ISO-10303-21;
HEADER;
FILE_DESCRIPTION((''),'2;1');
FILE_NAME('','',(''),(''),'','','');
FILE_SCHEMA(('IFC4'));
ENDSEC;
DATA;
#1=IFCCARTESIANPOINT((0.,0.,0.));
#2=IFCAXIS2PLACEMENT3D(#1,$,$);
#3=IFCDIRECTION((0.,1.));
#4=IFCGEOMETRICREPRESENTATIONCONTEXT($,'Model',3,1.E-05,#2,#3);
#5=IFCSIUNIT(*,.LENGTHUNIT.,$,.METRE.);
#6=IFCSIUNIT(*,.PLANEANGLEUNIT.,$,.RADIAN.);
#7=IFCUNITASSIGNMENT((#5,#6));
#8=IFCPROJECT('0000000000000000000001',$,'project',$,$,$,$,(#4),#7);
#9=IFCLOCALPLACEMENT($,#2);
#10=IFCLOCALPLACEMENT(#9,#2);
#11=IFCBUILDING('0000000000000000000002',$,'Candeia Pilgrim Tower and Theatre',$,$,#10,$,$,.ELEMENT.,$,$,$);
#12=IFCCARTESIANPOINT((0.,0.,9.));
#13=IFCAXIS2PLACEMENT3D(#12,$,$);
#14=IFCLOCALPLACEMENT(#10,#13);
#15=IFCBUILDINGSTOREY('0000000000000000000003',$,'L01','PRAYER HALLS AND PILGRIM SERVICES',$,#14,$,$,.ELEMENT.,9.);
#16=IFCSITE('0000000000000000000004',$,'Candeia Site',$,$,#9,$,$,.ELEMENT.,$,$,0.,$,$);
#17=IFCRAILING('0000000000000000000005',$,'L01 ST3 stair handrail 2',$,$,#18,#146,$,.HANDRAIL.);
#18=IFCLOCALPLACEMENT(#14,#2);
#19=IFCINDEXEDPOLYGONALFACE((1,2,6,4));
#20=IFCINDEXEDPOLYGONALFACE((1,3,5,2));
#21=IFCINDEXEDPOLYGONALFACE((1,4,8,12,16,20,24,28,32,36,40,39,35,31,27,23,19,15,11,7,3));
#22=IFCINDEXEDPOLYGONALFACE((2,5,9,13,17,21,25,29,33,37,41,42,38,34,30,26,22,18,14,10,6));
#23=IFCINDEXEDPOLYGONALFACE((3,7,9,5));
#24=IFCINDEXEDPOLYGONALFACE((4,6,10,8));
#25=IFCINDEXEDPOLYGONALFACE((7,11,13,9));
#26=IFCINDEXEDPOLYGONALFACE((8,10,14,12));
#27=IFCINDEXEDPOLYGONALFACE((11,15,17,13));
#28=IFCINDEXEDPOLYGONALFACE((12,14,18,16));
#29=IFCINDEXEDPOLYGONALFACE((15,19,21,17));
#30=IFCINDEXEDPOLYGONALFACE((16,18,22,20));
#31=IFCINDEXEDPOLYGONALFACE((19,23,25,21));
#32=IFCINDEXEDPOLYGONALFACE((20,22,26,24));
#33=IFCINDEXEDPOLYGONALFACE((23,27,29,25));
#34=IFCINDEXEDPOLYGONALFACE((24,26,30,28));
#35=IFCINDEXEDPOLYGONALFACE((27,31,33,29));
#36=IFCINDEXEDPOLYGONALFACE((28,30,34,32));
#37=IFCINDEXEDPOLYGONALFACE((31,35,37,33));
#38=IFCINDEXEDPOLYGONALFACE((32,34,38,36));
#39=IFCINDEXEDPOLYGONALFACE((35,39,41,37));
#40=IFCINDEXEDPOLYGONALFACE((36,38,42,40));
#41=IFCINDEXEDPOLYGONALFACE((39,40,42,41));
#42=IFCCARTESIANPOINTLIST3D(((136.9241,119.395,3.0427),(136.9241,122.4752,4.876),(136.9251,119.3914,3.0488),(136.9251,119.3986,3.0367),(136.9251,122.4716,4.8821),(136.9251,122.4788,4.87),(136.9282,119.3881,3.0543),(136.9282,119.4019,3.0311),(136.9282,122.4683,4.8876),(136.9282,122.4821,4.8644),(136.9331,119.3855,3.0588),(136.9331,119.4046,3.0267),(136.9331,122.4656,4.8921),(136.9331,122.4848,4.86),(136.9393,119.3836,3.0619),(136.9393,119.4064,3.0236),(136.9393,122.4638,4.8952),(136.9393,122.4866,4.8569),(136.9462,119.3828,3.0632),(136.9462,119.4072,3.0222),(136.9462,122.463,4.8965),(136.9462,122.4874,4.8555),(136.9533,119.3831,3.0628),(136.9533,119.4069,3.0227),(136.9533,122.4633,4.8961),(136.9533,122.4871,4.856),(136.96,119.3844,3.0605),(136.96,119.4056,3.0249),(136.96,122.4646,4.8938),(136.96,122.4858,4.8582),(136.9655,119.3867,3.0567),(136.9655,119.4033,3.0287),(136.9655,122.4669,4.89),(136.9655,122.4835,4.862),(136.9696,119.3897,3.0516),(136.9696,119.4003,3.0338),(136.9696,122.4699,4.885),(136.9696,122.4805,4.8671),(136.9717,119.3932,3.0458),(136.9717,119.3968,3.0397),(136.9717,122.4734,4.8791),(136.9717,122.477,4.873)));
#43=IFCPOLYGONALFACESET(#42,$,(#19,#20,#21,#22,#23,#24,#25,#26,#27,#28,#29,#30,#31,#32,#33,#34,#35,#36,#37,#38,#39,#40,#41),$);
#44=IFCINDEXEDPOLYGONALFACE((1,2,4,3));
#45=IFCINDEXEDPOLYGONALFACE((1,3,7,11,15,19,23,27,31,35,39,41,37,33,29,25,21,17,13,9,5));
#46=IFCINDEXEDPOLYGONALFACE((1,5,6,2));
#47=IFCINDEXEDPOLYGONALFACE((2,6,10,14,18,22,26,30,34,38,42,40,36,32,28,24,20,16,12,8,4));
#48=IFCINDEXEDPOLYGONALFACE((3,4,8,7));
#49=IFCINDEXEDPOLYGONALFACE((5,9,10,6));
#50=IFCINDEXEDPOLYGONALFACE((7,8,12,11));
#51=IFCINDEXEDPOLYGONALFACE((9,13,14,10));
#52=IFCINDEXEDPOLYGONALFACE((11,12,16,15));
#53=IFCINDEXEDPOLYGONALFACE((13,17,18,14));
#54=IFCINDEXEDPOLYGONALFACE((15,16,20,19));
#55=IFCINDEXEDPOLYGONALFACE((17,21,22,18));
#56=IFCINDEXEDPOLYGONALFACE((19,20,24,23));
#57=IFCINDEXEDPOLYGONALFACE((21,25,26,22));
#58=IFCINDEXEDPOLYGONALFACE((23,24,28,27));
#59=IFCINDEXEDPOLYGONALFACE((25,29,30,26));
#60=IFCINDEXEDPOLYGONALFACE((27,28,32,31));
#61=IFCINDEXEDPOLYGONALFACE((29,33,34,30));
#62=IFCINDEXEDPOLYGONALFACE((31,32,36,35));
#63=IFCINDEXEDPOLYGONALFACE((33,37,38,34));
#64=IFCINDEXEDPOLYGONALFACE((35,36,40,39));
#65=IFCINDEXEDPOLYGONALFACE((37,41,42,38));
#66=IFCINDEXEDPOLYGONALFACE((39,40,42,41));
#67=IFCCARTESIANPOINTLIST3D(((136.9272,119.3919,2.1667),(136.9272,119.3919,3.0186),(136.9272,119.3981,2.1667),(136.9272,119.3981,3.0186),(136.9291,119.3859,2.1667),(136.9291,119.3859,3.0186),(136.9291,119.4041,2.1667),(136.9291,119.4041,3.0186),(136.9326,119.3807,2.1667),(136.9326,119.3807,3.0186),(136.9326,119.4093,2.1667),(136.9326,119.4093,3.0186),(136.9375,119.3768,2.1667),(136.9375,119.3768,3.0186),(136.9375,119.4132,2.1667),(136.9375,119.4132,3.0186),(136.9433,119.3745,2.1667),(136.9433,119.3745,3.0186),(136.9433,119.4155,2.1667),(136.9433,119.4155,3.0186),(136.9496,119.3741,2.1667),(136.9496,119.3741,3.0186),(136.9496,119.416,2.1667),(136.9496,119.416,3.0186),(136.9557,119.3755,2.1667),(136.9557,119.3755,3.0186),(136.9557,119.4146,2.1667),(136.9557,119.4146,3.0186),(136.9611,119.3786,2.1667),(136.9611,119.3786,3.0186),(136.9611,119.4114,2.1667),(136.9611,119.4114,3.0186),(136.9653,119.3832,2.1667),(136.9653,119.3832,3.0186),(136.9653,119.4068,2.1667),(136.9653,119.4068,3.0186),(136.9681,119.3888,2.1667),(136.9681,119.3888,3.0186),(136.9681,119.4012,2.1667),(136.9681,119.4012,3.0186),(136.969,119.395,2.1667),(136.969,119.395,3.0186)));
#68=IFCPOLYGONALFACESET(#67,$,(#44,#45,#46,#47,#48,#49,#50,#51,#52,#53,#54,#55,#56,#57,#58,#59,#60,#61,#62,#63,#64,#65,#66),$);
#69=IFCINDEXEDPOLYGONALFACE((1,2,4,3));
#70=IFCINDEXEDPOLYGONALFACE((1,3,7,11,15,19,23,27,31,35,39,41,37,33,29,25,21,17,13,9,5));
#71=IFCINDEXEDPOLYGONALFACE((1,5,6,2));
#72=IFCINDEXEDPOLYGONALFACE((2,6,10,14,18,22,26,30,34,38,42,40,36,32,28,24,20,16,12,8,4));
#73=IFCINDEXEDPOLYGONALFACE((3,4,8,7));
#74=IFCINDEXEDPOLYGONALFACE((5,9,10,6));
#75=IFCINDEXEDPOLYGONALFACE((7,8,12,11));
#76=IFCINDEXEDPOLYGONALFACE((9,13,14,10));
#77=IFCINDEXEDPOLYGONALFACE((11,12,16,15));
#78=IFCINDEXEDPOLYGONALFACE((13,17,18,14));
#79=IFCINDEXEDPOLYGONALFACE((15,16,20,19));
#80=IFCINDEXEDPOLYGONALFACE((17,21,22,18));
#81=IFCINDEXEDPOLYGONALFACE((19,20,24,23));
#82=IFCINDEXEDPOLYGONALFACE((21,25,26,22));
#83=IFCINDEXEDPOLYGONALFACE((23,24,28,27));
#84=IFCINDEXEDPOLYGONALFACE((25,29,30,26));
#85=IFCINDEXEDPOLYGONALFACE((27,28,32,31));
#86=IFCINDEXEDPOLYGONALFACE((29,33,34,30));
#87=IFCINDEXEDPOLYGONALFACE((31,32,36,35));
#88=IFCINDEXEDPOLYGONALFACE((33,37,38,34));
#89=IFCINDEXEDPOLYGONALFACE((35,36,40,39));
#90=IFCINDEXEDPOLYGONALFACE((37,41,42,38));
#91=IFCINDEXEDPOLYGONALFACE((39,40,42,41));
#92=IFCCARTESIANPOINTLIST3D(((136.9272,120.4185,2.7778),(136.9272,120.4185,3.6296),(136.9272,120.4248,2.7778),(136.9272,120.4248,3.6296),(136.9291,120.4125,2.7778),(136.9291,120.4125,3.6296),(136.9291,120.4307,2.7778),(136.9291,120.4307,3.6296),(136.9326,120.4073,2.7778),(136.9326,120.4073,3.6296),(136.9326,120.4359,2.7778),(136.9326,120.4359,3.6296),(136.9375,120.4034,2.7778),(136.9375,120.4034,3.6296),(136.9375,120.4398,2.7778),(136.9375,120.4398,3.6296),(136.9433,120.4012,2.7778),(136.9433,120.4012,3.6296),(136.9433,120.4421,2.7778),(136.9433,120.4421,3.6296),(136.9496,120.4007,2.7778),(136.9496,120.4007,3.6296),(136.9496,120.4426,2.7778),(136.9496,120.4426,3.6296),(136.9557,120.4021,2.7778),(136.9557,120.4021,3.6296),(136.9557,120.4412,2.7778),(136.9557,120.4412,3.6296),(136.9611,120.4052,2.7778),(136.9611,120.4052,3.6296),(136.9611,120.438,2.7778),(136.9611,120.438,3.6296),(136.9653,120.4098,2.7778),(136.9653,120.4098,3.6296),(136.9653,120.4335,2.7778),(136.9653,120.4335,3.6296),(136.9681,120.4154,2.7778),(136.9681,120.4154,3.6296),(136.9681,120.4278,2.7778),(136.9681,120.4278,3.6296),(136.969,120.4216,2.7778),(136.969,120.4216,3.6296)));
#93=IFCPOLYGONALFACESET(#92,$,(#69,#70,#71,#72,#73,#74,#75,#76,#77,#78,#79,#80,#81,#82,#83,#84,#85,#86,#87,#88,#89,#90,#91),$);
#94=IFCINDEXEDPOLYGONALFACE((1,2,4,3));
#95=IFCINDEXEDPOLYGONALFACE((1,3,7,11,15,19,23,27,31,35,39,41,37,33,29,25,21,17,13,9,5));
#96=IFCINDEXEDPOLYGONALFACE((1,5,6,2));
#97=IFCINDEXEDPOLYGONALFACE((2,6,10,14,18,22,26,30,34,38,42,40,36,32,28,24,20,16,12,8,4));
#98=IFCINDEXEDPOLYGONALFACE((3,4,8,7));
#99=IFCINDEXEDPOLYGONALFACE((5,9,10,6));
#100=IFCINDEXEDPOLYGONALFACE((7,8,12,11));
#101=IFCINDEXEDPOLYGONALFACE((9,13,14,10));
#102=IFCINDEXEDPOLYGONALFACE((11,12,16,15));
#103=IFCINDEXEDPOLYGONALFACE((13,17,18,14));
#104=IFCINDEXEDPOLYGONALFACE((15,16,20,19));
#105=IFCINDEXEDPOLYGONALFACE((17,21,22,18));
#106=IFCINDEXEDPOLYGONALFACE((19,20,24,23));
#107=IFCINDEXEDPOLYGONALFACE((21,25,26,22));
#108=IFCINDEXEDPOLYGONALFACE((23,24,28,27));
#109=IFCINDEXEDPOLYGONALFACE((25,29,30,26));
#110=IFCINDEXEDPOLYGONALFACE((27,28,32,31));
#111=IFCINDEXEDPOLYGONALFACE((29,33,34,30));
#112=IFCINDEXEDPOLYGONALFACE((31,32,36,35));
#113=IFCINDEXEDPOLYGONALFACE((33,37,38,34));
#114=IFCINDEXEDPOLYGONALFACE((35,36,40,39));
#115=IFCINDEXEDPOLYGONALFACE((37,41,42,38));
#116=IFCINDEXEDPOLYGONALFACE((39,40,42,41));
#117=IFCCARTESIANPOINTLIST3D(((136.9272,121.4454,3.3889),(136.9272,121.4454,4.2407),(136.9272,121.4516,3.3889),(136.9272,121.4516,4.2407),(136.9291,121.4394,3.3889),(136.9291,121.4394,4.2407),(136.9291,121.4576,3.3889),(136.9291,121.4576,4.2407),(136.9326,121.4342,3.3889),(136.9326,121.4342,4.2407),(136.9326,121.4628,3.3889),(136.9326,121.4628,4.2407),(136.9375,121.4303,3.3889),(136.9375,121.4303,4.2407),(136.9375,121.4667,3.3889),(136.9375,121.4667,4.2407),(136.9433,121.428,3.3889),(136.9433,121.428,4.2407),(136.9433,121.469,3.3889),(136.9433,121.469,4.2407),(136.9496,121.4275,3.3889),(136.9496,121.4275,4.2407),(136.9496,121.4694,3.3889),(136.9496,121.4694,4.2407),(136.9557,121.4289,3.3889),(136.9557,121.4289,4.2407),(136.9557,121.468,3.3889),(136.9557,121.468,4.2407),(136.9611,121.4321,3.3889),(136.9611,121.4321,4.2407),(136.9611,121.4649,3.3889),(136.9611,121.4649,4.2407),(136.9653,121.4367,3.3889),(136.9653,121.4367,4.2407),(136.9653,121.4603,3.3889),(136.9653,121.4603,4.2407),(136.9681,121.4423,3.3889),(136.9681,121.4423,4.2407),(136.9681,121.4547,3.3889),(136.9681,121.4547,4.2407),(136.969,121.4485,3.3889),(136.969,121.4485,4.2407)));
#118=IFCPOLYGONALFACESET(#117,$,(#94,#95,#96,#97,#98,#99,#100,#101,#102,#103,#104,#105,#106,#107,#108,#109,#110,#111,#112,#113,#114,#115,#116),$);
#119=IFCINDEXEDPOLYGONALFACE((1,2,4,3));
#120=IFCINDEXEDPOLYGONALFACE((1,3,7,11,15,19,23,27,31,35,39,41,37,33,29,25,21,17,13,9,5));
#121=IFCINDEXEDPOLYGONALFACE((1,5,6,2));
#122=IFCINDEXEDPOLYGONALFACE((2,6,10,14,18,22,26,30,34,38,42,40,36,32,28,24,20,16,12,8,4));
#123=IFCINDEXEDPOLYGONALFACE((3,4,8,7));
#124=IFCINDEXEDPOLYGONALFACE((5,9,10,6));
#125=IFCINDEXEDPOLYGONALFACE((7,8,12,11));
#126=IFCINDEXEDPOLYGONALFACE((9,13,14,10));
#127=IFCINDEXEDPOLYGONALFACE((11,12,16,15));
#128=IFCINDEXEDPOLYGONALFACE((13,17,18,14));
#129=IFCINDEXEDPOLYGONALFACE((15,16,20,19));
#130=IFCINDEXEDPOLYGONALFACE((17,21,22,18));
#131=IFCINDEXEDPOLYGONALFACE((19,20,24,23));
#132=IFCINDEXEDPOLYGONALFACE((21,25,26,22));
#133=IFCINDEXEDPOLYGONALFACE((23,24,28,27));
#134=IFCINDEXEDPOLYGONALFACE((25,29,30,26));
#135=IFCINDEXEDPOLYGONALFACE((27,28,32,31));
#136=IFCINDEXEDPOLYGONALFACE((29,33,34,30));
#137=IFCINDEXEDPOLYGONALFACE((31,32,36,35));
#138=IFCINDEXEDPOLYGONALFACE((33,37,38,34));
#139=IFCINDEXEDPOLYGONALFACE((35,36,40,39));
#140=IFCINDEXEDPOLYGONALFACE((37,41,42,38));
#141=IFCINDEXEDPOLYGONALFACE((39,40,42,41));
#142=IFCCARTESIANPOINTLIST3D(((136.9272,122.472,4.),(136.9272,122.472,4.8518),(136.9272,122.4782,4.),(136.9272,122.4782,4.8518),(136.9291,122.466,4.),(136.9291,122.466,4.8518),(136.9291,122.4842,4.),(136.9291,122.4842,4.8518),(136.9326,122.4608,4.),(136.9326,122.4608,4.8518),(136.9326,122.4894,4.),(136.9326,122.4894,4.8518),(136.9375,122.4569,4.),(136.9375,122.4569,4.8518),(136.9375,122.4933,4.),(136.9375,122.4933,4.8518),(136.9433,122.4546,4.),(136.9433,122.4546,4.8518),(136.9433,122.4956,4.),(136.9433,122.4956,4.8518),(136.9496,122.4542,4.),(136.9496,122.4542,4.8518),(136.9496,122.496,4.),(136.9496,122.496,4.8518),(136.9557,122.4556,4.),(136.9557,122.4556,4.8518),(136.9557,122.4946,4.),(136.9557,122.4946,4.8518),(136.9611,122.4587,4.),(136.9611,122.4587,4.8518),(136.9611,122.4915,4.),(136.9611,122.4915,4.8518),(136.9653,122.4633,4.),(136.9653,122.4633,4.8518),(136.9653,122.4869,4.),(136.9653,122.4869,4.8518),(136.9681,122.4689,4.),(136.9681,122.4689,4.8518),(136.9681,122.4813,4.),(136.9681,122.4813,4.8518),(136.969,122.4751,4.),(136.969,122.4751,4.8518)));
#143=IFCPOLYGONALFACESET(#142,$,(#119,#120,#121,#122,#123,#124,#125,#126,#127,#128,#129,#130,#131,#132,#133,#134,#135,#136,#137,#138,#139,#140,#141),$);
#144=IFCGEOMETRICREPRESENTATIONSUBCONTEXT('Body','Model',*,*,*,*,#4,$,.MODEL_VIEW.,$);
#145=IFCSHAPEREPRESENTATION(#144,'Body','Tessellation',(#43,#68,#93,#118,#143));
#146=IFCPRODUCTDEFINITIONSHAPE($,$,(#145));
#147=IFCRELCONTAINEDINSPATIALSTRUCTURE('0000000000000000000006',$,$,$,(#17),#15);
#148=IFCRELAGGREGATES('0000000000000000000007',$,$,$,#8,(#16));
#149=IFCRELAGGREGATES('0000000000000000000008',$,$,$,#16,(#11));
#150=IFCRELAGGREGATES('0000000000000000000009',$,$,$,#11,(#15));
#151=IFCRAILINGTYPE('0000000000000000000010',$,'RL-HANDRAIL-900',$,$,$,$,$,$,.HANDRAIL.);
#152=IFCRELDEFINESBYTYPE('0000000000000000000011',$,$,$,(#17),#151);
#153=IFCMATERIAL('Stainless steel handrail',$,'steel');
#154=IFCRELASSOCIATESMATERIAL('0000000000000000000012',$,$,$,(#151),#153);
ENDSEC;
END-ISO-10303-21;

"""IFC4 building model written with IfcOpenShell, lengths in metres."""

from ifc_helpers import new_model, si_unit, direction, frame, origin, origin_2d, place, context, subcontext, project, spatial, circle, extrude, material, type_object, element, save


model = new_model("IFC4")

# Units and contexts
model_context = context("Model", 3, precision=1e-05, world=origin(), true_north=direction((0.0, 1.0)))
body_context = subcontext(model_context, "Body", "Model", "MODEL_VIEW")
ifc_project = project(units=[si_unit("LENGTHUNIT", "METRE"), si_unit("PLANEANGLEUNIT", "RADIAN")], contexts=[model_context])

# Site, building, storey
site_placement = place(None, origin())
site = spatial("IfcSite", under=ifc_project, at=site_placement, Name="Candeia Site", CompositionType="ELEMENT", RefElevation=0.0)
building_placement = place(site_placement, origin())
building = spatial("IfcBuilding", under=site, at=building_placement, Name="Candeia Pilgrim Tower and Theatre", CompositionType="ELEMENT")
storey_placement = place(building_placement, frame((0.0, 0.0, 9.0)))
storey = spatial("IfcBuildingStorey", under=building, at=storey_placement, Name="L01", Description="PRAYER HALLS AND PILGRIM SERVICES", CompositionType="ELEMENT", Elevation=9.0)

# Railing
ifc_material_1 = material(Name="Stainless steel handrail", Category="steel")
railing_type_1 = type_object("IfcRailingType", Name="RL-HANDRAIL-900", PredefinedType="HANDRAIL", material=ifc_material_1)
railing_1_placement = place(storey_placement, frame((136.948, 119.395, 2.1667)))
element("IfcRailing", 1, at=railing_1_placement, inside=storey, type_object=railing_type_1, Name="L01 ST3 stair handrail 2", PredefinedType="HANDRAIL", context=body_context, shape_type="SweptSolid", body=[
    extrude(circle(Radius=0.0239, at=origin_2d()), frame((0.0, 0.0, 0.876), z_axis=(0.0, 0.859309, 0.511458), x_axis=(-1.0, 0.0, 0.0)), (0.0, 0.0, 1.0), 3.5845),
    extrude(circle(Radius=0.021, at=origin_2d()), origin(), (0.0, 0.0, 1.0), 0.8518),
    extrude(circle(Radius=0.021, at=origin_2d()), frame((0.0, 1.0266, 0.6111)), (0.0, 0.0, 1.0), 0.8518),
    extrude(circle(Radius=0.021, at=origin_2d()), frame((0.0, 2.0535, 1.2222)), (0.0, 0.0, 1.0), 0.8518),
    extrude(circle(Radius=0.021, at=origin_2d()), frame((0.0, 3.0801, 1.8333)), (0.0, 0.0, 1.0), 0.8518),
])

save(model, "model.ifc")
